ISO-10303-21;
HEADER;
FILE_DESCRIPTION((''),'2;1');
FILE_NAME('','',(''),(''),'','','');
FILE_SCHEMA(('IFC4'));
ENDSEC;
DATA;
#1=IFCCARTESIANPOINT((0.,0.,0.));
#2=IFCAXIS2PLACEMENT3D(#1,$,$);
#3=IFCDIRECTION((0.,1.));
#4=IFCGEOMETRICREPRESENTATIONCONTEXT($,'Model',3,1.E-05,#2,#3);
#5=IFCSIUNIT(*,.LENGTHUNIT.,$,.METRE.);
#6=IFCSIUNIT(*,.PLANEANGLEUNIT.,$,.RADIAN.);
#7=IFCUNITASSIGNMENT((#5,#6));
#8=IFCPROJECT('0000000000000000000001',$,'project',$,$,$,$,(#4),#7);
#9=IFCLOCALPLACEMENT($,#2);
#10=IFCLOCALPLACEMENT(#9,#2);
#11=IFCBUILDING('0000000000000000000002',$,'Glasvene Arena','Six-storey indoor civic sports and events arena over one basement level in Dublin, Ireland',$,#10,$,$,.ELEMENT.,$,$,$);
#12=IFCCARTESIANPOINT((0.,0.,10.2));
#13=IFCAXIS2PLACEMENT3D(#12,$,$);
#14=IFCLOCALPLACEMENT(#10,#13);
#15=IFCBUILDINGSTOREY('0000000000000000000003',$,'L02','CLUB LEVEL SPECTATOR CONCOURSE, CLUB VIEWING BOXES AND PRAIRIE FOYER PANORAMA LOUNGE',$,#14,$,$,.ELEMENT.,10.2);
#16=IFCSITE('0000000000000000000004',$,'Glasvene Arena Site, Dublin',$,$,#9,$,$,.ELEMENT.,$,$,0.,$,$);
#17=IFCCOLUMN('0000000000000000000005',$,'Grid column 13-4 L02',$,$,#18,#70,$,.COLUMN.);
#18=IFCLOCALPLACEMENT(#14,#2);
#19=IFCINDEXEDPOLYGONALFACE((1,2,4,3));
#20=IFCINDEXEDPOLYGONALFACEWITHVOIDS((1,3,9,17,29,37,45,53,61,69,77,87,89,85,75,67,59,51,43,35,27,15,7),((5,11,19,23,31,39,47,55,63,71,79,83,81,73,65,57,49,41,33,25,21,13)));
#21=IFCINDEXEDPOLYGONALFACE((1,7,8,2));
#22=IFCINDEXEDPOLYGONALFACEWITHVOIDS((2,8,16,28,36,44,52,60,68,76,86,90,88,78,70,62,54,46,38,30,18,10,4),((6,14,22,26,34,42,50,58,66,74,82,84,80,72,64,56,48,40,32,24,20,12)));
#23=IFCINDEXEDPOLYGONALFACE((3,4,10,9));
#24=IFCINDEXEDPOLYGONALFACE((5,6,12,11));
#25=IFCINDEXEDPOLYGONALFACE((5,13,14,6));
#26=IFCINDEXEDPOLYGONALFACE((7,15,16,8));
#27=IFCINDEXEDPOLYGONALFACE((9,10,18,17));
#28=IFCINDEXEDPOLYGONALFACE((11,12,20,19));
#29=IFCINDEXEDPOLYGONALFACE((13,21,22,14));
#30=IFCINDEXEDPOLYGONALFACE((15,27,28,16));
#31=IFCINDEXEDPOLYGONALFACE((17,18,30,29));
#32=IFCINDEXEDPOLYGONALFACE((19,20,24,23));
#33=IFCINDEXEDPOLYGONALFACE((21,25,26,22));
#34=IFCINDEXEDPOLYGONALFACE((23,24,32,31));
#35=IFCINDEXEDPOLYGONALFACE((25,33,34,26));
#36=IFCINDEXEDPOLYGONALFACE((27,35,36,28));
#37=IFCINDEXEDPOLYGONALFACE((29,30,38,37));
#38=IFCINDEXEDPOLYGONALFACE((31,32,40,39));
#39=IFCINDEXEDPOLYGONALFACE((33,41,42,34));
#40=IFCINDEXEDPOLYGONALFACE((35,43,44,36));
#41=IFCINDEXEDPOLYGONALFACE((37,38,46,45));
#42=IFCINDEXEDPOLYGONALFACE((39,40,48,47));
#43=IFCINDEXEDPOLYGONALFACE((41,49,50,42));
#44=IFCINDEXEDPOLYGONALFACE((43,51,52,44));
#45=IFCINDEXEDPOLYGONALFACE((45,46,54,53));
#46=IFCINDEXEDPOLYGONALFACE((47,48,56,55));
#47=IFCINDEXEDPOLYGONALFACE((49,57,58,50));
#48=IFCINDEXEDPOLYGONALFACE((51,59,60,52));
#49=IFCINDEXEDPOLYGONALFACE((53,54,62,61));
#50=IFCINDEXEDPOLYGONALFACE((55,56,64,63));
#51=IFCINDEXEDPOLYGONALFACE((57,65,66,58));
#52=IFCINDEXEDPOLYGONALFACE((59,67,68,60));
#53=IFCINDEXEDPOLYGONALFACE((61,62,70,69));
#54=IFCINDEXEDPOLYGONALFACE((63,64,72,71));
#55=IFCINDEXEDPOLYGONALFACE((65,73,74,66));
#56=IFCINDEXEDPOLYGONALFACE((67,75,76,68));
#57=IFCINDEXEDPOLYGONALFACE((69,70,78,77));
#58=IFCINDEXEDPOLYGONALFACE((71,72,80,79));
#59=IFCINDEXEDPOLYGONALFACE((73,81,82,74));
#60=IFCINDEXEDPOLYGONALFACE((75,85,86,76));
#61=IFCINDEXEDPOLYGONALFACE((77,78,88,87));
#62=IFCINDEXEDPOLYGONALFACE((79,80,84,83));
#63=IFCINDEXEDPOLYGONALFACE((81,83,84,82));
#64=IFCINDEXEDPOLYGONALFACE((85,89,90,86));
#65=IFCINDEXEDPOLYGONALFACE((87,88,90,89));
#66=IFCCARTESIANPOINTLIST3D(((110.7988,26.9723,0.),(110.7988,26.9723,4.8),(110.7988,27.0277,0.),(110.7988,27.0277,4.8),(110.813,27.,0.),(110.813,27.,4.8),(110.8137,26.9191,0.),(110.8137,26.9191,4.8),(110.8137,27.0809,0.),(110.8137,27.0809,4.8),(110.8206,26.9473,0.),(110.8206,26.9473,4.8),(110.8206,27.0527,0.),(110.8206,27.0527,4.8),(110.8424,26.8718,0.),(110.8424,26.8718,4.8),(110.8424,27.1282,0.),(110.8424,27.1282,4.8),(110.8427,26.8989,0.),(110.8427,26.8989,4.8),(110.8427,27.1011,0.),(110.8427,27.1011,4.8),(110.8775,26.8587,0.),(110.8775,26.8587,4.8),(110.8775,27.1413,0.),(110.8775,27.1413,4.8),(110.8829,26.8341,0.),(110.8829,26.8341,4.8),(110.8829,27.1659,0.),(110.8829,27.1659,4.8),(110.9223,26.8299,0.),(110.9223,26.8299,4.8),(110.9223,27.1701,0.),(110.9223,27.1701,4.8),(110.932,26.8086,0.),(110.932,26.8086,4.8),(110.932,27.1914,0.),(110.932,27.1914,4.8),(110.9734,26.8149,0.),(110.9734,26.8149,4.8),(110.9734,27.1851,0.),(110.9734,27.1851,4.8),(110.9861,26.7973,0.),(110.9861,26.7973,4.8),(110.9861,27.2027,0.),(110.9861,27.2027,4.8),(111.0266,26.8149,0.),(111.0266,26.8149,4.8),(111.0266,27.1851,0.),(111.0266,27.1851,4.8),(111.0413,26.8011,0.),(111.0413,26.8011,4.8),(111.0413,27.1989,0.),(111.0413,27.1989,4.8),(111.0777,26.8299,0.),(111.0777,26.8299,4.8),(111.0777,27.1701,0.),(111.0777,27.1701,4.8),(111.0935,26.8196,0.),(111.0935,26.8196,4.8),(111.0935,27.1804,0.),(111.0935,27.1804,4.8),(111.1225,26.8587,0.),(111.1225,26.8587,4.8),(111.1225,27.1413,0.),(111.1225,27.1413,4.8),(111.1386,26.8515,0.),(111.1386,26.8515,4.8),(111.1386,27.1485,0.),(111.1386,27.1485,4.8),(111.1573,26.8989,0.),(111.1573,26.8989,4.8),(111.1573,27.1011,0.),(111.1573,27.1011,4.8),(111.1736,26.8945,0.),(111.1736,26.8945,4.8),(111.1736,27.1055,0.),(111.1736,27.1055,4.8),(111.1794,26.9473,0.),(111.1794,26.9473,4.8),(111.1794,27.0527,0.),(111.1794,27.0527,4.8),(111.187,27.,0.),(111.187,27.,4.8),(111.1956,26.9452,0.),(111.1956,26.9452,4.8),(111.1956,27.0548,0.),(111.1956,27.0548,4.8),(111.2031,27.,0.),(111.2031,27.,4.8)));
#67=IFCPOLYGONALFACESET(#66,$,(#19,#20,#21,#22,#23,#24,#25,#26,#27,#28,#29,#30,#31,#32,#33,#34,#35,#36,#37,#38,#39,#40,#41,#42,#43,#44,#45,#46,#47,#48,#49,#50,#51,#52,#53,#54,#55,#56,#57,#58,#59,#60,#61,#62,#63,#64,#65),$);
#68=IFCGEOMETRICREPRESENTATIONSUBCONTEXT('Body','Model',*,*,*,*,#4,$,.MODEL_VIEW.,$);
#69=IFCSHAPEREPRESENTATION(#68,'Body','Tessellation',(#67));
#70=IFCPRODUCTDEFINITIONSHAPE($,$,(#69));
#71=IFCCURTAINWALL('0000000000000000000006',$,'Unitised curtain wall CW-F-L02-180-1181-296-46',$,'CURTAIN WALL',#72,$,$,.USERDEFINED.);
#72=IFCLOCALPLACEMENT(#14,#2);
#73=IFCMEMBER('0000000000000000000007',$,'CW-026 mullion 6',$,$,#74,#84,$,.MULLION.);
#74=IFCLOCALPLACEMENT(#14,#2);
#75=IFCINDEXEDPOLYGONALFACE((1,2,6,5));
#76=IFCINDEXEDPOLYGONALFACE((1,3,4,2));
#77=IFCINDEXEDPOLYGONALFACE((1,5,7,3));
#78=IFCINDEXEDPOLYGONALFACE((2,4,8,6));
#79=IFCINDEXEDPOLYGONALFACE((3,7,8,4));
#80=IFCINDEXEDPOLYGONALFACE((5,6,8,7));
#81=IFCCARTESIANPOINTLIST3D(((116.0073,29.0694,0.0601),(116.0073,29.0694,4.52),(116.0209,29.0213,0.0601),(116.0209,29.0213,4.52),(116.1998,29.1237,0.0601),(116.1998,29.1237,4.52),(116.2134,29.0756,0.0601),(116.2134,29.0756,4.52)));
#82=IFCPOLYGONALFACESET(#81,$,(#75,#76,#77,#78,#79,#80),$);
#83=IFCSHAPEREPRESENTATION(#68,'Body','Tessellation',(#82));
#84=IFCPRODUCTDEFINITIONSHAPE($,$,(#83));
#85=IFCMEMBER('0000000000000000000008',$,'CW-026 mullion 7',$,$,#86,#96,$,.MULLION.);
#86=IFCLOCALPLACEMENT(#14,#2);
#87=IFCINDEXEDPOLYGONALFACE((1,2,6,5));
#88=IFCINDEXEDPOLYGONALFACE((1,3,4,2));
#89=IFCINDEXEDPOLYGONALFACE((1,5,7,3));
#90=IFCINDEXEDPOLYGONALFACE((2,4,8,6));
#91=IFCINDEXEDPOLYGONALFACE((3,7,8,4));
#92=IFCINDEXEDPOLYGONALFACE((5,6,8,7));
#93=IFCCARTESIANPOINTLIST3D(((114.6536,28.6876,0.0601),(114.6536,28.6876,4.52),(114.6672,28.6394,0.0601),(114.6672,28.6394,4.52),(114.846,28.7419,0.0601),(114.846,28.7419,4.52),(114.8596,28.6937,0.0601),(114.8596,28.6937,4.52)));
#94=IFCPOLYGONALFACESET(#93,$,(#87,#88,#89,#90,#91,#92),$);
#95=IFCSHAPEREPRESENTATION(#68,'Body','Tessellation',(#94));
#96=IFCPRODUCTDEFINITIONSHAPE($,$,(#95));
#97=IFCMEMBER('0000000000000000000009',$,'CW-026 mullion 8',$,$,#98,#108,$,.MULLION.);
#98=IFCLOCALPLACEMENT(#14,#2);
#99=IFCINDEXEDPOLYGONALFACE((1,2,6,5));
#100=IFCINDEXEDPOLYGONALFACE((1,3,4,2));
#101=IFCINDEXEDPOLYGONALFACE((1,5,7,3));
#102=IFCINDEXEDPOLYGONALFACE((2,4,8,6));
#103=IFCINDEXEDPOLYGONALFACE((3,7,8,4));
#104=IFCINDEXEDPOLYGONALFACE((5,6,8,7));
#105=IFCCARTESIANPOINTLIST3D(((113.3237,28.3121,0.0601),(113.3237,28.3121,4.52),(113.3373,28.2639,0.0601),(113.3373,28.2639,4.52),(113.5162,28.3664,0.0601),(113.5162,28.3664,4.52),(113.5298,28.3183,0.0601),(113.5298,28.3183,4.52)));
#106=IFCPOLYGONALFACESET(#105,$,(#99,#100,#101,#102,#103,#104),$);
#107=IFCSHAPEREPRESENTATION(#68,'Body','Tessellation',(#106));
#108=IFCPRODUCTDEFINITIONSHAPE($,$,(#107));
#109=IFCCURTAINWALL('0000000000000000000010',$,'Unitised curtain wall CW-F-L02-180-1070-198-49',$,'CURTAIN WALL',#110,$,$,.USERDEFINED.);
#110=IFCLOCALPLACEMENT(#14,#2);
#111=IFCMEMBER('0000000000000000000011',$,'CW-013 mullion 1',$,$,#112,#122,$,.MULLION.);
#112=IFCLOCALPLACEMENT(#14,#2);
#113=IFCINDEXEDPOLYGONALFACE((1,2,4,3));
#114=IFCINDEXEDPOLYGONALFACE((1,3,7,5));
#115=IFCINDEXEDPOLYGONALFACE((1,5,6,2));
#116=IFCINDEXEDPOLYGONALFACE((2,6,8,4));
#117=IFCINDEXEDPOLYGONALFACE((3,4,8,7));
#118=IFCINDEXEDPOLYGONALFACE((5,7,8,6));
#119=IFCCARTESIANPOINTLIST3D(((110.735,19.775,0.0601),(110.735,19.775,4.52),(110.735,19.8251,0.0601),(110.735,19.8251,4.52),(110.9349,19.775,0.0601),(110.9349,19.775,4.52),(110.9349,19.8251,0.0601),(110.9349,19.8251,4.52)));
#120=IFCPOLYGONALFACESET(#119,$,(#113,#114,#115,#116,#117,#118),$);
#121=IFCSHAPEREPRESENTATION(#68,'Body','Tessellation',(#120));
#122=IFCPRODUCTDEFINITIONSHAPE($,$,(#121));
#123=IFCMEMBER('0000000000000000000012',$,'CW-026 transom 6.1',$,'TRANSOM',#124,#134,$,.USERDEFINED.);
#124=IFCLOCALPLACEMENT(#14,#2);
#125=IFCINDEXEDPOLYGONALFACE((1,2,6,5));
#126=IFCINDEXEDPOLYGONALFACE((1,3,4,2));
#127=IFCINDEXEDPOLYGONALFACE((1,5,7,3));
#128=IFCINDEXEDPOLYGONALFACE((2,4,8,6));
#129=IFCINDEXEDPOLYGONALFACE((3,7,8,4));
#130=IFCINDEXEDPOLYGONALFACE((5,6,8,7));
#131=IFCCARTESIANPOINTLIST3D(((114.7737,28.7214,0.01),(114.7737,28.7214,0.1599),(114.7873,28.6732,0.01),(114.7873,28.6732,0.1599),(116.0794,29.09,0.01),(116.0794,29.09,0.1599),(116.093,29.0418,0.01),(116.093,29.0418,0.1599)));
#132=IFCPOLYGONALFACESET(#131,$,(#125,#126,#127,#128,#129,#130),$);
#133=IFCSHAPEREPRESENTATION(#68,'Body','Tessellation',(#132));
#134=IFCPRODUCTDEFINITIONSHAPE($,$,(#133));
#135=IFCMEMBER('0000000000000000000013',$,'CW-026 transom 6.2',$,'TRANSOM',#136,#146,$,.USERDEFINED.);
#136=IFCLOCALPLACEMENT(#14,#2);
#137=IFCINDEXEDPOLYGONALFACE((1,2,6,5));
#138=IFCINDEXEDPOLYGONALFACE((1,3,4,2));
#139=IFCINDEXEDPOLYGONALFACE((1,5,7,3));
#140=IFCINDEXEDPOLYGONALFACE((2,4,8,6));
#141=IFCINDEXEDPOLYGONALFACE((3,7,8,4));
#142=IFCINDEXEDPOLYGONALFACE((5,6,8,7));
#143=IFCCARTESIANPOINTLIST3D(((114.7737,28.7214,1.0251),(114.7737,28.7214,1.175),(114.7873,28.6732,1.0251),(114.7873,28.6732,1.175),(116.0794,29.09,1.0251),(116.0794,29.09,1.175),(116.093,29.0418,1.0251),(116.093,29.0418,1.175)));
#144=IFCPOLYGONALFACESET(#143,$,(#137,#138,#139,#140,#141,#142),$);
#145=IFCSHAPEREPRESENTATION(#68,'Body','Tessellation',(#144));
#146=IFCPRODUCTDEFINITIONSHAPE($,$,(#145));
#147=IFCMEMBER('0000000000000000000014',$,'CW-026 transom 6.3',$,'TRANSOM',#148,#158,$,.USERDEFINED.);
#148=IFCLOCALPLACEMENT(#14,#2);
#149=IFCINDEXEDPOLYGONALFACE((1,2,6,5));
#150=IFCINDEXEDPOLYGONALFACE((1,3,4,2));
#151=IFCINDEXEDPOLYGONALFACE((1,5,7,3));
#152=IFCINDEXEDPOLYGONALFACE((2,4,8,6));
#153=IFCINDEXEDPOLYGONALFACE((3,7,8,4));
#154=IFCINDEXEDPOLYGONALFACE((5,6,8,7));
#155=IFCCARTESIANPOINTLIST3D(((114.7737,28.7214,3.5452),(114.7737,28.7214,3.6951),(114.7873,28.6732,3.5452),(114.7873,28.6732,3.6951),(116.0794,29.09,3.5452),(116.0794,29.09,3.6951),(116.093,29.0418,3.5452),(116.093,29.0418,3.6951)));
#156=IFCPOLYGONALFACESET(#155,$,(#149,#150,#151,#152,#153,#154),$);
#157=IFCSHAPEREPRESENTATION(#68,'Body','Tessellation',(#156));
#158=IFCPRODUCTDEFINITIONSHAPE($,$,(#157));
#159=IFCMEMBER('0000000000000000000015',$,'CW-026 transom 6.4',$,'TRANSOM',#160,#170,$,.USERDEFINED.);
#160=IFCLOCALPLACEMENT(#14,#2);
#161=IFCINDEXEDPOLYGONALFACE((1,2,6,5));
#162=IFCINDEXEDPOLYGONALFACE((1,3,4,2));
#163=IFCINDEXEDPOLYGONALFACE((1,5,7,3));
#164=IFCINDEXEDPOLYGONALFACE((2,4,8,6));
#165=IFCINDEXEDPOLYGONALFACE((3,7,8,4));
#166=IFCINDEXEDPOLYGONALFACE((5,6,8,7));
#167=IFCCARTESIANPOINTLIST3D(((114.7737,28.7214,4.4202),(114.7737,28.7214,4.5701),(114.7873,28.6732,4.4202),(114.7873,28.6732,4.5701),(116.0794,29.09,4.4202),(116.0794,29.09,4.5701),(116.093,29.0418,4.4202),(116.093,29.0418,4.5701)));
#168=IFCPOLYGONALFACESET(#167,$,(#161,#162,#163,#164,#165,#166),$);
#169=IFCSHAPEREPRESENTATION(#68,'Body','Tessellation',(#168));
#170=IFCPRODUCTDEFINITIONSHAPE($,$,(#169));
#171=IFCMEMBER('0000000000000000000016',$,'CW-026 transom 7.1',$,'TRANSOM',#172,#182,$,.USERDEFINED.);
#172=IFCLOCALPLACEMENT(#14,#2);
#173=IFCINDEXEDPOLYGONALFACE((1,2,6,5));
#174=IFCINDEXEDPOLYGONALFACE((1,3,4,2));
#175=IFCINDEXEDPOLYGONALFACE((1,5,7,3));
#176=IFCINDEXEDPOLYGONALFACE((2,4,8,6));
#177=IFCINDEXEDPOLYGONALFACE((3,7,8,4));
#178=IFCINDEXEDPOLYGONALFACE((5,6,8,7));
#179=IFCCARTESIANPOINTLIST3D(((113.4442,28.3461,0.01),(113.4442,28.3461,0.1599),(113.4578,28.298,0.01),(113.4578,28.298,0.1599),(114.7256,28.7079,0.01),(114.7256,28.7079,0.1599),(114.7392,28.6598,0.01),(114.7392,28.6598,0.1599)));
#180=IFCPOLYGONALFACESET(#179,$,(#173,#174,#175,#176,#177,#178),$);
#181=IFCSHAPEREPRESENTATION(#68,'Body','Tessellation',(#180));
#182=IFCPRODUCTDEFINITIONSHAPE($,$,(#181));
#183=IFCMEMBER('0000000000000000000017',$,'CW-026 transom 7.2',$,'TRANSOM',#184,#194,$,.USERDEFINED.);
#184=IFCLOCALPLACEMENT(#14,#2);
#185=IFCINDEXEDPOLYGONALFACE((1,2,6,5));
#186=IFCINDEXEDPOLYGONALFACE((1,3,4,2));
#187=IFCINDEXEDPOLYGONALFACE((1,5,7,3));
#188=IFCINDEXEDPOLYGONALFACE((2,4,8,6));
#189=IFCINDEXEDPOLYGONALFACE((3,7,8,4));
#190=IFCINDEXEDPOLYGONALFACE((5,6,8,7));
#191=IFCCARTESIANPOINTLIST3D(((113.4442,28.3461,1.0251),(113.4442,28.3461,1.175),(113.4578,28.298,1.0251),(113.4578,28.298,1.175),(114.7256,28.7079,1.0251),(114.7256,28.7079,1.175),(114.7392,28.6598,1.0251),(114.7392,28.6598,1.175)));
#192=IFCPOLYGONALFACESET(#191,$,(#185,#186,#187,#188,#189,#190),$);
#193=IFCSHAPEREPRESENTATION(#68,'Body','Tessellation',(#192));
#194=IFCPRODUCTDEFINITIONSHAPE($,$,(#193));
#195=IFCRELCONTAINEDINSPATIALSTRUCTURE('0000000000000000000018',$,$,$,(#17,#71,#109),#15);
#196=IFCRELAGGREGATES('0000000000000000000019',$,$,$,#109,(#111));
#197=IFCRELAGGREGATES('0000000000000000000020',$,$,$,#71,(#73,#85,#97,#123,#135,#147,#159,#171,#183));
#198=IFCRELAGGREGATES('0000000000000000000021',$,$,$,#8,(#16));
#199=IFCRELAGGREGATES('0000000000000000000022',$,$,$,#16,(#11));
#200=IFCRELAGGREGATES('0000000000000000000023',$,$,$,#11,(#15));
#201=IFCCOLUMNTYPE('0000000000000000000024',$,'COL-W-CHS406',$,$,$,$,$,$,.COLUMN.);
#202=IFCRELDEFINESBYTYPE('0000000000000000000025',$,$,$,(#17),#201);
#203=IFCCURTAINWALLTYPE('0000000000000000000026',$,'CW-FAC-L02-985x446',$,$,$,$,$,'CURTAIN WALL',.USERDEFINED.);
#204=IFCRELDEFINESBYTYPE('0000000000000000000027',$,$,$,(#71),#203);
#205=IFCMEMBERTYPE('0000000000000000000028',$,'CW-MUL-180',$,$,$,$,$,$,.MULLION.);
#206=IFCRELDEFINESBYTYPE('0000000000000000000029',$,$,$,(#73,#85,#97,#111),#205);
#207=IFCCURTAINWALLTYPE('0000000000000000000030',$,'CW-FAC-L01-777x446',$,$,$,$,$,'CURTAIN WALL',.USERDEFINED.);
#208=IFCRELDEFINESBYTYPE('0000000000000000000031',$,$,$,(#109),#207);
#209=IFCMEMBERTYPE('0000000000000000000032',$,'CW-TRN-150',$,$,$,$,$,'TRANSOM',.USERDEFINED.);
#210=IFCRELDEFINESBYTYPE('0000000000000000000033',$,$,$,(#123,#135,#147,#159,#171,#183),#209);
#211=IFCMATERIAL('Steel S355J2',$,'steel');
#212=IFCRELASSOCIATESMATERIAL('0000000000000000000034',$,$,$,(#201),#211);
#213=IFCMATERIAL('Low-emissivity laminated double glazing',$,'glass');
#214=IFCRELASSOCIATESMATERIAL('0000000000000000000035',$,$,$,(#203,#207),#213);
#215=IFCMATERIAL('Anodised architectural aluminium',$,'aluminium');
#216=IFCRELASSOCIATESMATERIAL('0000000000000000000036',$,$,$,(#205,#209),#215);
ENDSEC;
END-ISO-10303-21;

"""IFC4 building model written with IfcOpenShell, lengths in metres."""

from ifc_helpers import new_model, si_unit, direction, frame, origin, origin_2d, place, context, subcontext, project, spatial, rectangle, hollow_circle, extrude, material, material_profile, profile_set, type_object, element, aggregate, save


model = new_model("IFC4")

# Units and contexts
model_context = context("Model", 3, precision=1e-05, world=origin(), true_north=direction((0.0, 1.0)))
body_context = subcontext(model_context, "Body", "Model", "MODEL_VIEW")
ifc_project = project(units=[si_unit("LENGTHUNIT", "METRE"), si_unit("PLANEANGLEUNIT", "RADIAN")], contexts=[model_context])

# Site, building, storey
site_placement = place(None, origin())
site = spatial("IfcSite", under=ifc_project, at=site_placement, Name="Glasvene Arena Site, Dublin", CompositionType="ELEMENT", RefElevation=0.0)
building_placement = place(site_placement, origin())
building = spatial("IfcBuilding", under=site, at=building_placement, Name="Glasvene Arena", Description="Six-storey indoor civic sports and events arena over one basement level in Dublin, Ireland", CompositionType="ELEMENT")
storey_placement = place(building_placement, frame((0.0, 0.0, 10.2)))
storey = spatial("IfcBuildingStorey", under=building, at=storey_placement, Name="L02", Description="CLUB LEVEL SPECTATOR CONCOURSE, CLUB VIEWING BOXES AND PRAIRIE FOYER PANORAMA LOUNGE", CompositionType="ELEMENT", Elevation=10.2)

# Column
ifc_material_1 = material(Name="Steel S355J2", Category="steel")
ifc_material_profile_1 = material_profile(ifc_material_1, hollow_circle(Radius=0.2031, WallThickness=0.0161, at=origin_2d()), Name="CHS 406.4x16.0")
ifc_profile_set_1 = profile_set([ifc_material_profile_1], Name="Steel S355J2")
column_type = type_object("IfcColumnType", Name="COL-W-CHS406", PredefinedType="COLUMN", material=ifc_profile_set_1)
column_placement = place(storey_placement, frame((111.0, 27.0, 0.0), z_axis=(0.0, 0.0, 1.0), x_axis=(1.0, 0.0, 0.0)))
element("IfcColumn", 1, at=column_placement, inside=storey, type_object=column_type, Name="Grid column 13-4 L02", PredefinedType="COLUMN", context=body_context, shape_type="SweptSolid", body=[
    extrude(hollow_circle(Radius=0.2031, WallThickness=0.0161, at=origin_2d()), origin(), (0.0, 0.0, 1.0), 4.8),
])

# Curtain wall, members
ifc_material_2 = material(Name="Low-emissivity laminated double glazing", Category="glass")
curtain_wall_type_1 = type_object("IfcCurtainWallType", Name="CW-FAC-L02-985x446", ElementType="CURTAIN WALL", PredefinedType="USERDEFINED", material=ifc_material_2)
curtain_wall_1_placement = place(storey_placement, frame((122.8794, 30.9829, 0.0)))
curtain_wall_1 = element("IfcCurtainWall", 2, at=curtain_wall_1_placement, inside=storey, type_object=curtain_wall_type_1, Name="Unitised curtain wall CW-F-L02-180-1181-296-46", ObjectType="CURTAIN WALL", PredefinedType="USERDEFINED")
ifc_material_3 = material(Name="Anodised architectural aluminium", Category="aluminium")
ifc_material_profile_2 = material_profile(ifc_material_3, rectangle(XDim=0.05, YDim=0.2, at=origin_2d()), Name="ALU MULLION 50x200")
ifc_profile_set_2 = profile_set([ifc_material_profile_2], Name="Anodised architectural aluminium")
member_type_1 = type_object("IfcMemberType", Name="CW-MUL-180", PredefinedType="MULLION", material=ifc_profile_set_2)
member_1_placement = place(storey_placement, frame((116.1104, 29.0725, 0.0601), z_axis=(0.0, 0.0, 1.0), x_axis=(0.271597, -0.962411, 0.0)))
member_1 = element("IfcMember", 3, at=member_1_placement, type_object=member_type_1, Name="CW-026 mullion 6", PredefinedType="MULLION", context=body_context, shape_type="SweptSolid", body=[
    extrude(rectangle(XDim=0.05, YDim=0.2, at=origin_2d()), origin(), (0.0, 0.0, 1.0), 4.46),
])
member_2_placement = place(storey_placement, frame((114.7566, 28.6907, 0.0601), z_axis=(0.0, 0.0, 1.0), x_axis=(0.271597, -0.962411, 0.0)))
member_2 = element("IfcMember", 4, at=member_2_placement, type_object=member_type_1, Name="CW-026 mullion 7", PredefinedType="MULLION", context=body_context, shape_type="SweptSolid", body=[
    extrude(rectangle(XDim=0.05, YDim=0.2, at=origin_2d()), origin(), (0.0, 0.0, 1.0), 4.46),
])
member_3_placement = place(storey_placement, frame((113.4268, 28.3152, 0.0601), z_axis=(0.0, 0.0, 1.0), x_axis=(0.271597, -0.962411, 0.0)))
member_3 = element("IfcMember", 5, at=member_3_placement, type_object=member_type_1, Name="CW-026 mullion 8", PredefinedType="MULLION", context=body_context, shape_type="SweptSolid", body=[
    extrude(rectangle(XDim=0.05, YDim=0.2, at=origin_2d()), origin(), (0.0, 0.0, 1.0), 4.46),
])

# Curtain wall, member
curtain_wall_type_2 = type_object("IfcCurtainWallType", Name="CW-FAC-L01-777x446", ElementType="CURTAIN WALL", PredefinedType="USERDEFINED", material=ifc_material_2)
curtain_wall_2_placement = place(storey_placement, frame((110.8601, 19.8, 0.0)))
curtain_wall_2 = element("IfcCurtainWall", 6, at=curtain_wall_2_placement, inside=storey, type_object=curtain_wall_type_2, Name="Unitised curtain wall CW-F-L02-180-1070-198-49", ObjectType="CURTAIN WALL", PredefinedType="USERDEFINED")
member_4_placement = place(storey_placement, frame((110.835, 19.8, 0.0601), z_axis=(0.0, 0.0, 1.0), x_axis=(0.0, -1.0, 0.0)))
member_4 = element("IfcMember", 7, at=member_4_placement, type_object=member_type_1, Name="CW-013 mullion 1", PredefinedType="MULLION", context=body_context, shape_type="SweptSolid", body=[
    extrude(rectangle(XDim=0.05, YDim=0.2, at=origin_2d()), origin(), (0.0, 0.0, 1.0), 4.46),
])

# Members
ifc_material_profile_3 = material_profile(ifc_material_3, rectangle(XDim=0.05, YDim=0.1499, at=origin_2d()), Name="ALU TRANSOM 50x150")
ifc_profile_set_3 = profile_set([ifc_material_profile_3], Name="Anodised architectural aluminium")
member_type_2 = type_object("IfcMemberType", Name="CW-TRN-150", ElementType="TRANSOM", PredefinedType="USERDEFINED", material=ifc_profile_set_3)
member_5_placement = place(storey_placement, frame((116.0862, 29.0659, 0.085), z_axis=(-0.962375, -0.271725, 0.0), x_axis=(0.271725, -0.962375, 0.0)))
member_5 = element("IfcMember", 8, at=member_5_placement, type_object=member_type_2, Name="CW-026 transom 6.1", ObjectType="TRANSOM", PredefinedType="USERDEFINED", context=body_context, shape_type="SweptSolid", body=[
    extrude(rectangle(XDim=0.05, YDim=0.1499, at=origin_2d()), origin(), (0.0, 0.0, 1.0), 1.3567),
])
member_6_placement = place(storey_placement, frame((116.0862, 29.0659, 1.1001), z_axis=(-0.962375, -0.271725, 0.0), x_axis=(0.271725, -0.962375, 0.0)))
member_6 = element("IfcMember", 9, at=member_6_placement, type_object=member_type_2, Name="CW-026 transom 6.2", ObjectType="TRANSOM", PredefinedType="USERDEFINED", context=body_context, shape_type="SweptSolid", body=[
    extrude(rectangle(XDim=0.05, YDim=0.1499, at=origin_2d()), origin(), (0.0, 0.0, 1.0), 1.3567),
])
member_7_placement = place(storey_placement, frame((116.0862, 29.0659, 3.6201), z_axis=(-0.962375, -0.271725, 0.0), x_axis=(0.271725, -0.962375, 0.0)))
member_7 = element("IfcMember", 10, at=member_7_placement, type_object=member_type_2, Name="CW-026 transom 6.3", ObjectType="TRANSOM", PredefinedType="USERDEFINED", context=body_context, shape_type="SweptSolid", body=[
    extrude(rectangle(XDim=0.05, YDim=0.1499, at=origin_2d()), origin(), (0.0, 0.0, 1.0), 1.3567),
])
member_8_placement = place(storey_placement, frame((116.0862, 29.0659, 4.4951), z_axis=(-0.962375, -0.271725, 0.0), x_axis=(0.271725, -0.962375, 0.0)))
member_8 = element("IfcMember", 11, at=member_8_placement, type_object=member_type_2, Name="CW-026 transom 6.4", ObjectType="TRANSOM", PredefinedType="USERDEFINED", context=body_context, shape_type="SweptSolid", body=[
    extrude(rectangle(XDim=0.05, YDim=0.1499, at=origin_2d()), origin(), (0.0, 0.0, 1.0), 1.3567),
])
member_9_placement = place(storey_placement, frame((114.7324, 28.6838, 0.085), z_axis=(-0.962377, -0.271717, 0.0), x_axis=(0.271717, -0.962377, 0.0)))
member_9 = element("IfcMember", 12, at=member_9_placement, type_object=member_type_2, Name="CW-026 transom 7.1", ObjectType="TRANSOM", PredefinedType="USERDEFINED", context=body_context, shape_type="SweptSolid", body=[
    extrude(rectangle(XDim=0.05, YDim=0.1499, at=origin_2d()), origin(), (0.0, 0.0, 1.0), 1.3315),
])
member_10_placement = place(storey_placement, frame((114.7324, 28.6838, 1.1001), z_axis=(-0.962377, -0.271717, 0.0), x_axis=(0.271717, -0.962377, 0.0)))
member_10 = element("IfcMember", 13, at=member_10_placement, type_object=member_type_2, Name="CW-026 transom 7.2", ObjectType="TRANSOM", PredefinedType="USERDEFINED", context=body_context, shape_type="SweptSolid", body=[
    extrude(rectangle(XDim=0.05, YDim=0.1499, at=origin_2d()), origin(), (0.0, 0.0, 1.0), 1.3315),
])
aggregate(curtain_wall_2, [member_4])

aggregate(curtain_wall_1, [member_1, member_2, member_3, member_5, member_6, member_7, member_8, member_9, member_10])

save(model, "model.ifc")
